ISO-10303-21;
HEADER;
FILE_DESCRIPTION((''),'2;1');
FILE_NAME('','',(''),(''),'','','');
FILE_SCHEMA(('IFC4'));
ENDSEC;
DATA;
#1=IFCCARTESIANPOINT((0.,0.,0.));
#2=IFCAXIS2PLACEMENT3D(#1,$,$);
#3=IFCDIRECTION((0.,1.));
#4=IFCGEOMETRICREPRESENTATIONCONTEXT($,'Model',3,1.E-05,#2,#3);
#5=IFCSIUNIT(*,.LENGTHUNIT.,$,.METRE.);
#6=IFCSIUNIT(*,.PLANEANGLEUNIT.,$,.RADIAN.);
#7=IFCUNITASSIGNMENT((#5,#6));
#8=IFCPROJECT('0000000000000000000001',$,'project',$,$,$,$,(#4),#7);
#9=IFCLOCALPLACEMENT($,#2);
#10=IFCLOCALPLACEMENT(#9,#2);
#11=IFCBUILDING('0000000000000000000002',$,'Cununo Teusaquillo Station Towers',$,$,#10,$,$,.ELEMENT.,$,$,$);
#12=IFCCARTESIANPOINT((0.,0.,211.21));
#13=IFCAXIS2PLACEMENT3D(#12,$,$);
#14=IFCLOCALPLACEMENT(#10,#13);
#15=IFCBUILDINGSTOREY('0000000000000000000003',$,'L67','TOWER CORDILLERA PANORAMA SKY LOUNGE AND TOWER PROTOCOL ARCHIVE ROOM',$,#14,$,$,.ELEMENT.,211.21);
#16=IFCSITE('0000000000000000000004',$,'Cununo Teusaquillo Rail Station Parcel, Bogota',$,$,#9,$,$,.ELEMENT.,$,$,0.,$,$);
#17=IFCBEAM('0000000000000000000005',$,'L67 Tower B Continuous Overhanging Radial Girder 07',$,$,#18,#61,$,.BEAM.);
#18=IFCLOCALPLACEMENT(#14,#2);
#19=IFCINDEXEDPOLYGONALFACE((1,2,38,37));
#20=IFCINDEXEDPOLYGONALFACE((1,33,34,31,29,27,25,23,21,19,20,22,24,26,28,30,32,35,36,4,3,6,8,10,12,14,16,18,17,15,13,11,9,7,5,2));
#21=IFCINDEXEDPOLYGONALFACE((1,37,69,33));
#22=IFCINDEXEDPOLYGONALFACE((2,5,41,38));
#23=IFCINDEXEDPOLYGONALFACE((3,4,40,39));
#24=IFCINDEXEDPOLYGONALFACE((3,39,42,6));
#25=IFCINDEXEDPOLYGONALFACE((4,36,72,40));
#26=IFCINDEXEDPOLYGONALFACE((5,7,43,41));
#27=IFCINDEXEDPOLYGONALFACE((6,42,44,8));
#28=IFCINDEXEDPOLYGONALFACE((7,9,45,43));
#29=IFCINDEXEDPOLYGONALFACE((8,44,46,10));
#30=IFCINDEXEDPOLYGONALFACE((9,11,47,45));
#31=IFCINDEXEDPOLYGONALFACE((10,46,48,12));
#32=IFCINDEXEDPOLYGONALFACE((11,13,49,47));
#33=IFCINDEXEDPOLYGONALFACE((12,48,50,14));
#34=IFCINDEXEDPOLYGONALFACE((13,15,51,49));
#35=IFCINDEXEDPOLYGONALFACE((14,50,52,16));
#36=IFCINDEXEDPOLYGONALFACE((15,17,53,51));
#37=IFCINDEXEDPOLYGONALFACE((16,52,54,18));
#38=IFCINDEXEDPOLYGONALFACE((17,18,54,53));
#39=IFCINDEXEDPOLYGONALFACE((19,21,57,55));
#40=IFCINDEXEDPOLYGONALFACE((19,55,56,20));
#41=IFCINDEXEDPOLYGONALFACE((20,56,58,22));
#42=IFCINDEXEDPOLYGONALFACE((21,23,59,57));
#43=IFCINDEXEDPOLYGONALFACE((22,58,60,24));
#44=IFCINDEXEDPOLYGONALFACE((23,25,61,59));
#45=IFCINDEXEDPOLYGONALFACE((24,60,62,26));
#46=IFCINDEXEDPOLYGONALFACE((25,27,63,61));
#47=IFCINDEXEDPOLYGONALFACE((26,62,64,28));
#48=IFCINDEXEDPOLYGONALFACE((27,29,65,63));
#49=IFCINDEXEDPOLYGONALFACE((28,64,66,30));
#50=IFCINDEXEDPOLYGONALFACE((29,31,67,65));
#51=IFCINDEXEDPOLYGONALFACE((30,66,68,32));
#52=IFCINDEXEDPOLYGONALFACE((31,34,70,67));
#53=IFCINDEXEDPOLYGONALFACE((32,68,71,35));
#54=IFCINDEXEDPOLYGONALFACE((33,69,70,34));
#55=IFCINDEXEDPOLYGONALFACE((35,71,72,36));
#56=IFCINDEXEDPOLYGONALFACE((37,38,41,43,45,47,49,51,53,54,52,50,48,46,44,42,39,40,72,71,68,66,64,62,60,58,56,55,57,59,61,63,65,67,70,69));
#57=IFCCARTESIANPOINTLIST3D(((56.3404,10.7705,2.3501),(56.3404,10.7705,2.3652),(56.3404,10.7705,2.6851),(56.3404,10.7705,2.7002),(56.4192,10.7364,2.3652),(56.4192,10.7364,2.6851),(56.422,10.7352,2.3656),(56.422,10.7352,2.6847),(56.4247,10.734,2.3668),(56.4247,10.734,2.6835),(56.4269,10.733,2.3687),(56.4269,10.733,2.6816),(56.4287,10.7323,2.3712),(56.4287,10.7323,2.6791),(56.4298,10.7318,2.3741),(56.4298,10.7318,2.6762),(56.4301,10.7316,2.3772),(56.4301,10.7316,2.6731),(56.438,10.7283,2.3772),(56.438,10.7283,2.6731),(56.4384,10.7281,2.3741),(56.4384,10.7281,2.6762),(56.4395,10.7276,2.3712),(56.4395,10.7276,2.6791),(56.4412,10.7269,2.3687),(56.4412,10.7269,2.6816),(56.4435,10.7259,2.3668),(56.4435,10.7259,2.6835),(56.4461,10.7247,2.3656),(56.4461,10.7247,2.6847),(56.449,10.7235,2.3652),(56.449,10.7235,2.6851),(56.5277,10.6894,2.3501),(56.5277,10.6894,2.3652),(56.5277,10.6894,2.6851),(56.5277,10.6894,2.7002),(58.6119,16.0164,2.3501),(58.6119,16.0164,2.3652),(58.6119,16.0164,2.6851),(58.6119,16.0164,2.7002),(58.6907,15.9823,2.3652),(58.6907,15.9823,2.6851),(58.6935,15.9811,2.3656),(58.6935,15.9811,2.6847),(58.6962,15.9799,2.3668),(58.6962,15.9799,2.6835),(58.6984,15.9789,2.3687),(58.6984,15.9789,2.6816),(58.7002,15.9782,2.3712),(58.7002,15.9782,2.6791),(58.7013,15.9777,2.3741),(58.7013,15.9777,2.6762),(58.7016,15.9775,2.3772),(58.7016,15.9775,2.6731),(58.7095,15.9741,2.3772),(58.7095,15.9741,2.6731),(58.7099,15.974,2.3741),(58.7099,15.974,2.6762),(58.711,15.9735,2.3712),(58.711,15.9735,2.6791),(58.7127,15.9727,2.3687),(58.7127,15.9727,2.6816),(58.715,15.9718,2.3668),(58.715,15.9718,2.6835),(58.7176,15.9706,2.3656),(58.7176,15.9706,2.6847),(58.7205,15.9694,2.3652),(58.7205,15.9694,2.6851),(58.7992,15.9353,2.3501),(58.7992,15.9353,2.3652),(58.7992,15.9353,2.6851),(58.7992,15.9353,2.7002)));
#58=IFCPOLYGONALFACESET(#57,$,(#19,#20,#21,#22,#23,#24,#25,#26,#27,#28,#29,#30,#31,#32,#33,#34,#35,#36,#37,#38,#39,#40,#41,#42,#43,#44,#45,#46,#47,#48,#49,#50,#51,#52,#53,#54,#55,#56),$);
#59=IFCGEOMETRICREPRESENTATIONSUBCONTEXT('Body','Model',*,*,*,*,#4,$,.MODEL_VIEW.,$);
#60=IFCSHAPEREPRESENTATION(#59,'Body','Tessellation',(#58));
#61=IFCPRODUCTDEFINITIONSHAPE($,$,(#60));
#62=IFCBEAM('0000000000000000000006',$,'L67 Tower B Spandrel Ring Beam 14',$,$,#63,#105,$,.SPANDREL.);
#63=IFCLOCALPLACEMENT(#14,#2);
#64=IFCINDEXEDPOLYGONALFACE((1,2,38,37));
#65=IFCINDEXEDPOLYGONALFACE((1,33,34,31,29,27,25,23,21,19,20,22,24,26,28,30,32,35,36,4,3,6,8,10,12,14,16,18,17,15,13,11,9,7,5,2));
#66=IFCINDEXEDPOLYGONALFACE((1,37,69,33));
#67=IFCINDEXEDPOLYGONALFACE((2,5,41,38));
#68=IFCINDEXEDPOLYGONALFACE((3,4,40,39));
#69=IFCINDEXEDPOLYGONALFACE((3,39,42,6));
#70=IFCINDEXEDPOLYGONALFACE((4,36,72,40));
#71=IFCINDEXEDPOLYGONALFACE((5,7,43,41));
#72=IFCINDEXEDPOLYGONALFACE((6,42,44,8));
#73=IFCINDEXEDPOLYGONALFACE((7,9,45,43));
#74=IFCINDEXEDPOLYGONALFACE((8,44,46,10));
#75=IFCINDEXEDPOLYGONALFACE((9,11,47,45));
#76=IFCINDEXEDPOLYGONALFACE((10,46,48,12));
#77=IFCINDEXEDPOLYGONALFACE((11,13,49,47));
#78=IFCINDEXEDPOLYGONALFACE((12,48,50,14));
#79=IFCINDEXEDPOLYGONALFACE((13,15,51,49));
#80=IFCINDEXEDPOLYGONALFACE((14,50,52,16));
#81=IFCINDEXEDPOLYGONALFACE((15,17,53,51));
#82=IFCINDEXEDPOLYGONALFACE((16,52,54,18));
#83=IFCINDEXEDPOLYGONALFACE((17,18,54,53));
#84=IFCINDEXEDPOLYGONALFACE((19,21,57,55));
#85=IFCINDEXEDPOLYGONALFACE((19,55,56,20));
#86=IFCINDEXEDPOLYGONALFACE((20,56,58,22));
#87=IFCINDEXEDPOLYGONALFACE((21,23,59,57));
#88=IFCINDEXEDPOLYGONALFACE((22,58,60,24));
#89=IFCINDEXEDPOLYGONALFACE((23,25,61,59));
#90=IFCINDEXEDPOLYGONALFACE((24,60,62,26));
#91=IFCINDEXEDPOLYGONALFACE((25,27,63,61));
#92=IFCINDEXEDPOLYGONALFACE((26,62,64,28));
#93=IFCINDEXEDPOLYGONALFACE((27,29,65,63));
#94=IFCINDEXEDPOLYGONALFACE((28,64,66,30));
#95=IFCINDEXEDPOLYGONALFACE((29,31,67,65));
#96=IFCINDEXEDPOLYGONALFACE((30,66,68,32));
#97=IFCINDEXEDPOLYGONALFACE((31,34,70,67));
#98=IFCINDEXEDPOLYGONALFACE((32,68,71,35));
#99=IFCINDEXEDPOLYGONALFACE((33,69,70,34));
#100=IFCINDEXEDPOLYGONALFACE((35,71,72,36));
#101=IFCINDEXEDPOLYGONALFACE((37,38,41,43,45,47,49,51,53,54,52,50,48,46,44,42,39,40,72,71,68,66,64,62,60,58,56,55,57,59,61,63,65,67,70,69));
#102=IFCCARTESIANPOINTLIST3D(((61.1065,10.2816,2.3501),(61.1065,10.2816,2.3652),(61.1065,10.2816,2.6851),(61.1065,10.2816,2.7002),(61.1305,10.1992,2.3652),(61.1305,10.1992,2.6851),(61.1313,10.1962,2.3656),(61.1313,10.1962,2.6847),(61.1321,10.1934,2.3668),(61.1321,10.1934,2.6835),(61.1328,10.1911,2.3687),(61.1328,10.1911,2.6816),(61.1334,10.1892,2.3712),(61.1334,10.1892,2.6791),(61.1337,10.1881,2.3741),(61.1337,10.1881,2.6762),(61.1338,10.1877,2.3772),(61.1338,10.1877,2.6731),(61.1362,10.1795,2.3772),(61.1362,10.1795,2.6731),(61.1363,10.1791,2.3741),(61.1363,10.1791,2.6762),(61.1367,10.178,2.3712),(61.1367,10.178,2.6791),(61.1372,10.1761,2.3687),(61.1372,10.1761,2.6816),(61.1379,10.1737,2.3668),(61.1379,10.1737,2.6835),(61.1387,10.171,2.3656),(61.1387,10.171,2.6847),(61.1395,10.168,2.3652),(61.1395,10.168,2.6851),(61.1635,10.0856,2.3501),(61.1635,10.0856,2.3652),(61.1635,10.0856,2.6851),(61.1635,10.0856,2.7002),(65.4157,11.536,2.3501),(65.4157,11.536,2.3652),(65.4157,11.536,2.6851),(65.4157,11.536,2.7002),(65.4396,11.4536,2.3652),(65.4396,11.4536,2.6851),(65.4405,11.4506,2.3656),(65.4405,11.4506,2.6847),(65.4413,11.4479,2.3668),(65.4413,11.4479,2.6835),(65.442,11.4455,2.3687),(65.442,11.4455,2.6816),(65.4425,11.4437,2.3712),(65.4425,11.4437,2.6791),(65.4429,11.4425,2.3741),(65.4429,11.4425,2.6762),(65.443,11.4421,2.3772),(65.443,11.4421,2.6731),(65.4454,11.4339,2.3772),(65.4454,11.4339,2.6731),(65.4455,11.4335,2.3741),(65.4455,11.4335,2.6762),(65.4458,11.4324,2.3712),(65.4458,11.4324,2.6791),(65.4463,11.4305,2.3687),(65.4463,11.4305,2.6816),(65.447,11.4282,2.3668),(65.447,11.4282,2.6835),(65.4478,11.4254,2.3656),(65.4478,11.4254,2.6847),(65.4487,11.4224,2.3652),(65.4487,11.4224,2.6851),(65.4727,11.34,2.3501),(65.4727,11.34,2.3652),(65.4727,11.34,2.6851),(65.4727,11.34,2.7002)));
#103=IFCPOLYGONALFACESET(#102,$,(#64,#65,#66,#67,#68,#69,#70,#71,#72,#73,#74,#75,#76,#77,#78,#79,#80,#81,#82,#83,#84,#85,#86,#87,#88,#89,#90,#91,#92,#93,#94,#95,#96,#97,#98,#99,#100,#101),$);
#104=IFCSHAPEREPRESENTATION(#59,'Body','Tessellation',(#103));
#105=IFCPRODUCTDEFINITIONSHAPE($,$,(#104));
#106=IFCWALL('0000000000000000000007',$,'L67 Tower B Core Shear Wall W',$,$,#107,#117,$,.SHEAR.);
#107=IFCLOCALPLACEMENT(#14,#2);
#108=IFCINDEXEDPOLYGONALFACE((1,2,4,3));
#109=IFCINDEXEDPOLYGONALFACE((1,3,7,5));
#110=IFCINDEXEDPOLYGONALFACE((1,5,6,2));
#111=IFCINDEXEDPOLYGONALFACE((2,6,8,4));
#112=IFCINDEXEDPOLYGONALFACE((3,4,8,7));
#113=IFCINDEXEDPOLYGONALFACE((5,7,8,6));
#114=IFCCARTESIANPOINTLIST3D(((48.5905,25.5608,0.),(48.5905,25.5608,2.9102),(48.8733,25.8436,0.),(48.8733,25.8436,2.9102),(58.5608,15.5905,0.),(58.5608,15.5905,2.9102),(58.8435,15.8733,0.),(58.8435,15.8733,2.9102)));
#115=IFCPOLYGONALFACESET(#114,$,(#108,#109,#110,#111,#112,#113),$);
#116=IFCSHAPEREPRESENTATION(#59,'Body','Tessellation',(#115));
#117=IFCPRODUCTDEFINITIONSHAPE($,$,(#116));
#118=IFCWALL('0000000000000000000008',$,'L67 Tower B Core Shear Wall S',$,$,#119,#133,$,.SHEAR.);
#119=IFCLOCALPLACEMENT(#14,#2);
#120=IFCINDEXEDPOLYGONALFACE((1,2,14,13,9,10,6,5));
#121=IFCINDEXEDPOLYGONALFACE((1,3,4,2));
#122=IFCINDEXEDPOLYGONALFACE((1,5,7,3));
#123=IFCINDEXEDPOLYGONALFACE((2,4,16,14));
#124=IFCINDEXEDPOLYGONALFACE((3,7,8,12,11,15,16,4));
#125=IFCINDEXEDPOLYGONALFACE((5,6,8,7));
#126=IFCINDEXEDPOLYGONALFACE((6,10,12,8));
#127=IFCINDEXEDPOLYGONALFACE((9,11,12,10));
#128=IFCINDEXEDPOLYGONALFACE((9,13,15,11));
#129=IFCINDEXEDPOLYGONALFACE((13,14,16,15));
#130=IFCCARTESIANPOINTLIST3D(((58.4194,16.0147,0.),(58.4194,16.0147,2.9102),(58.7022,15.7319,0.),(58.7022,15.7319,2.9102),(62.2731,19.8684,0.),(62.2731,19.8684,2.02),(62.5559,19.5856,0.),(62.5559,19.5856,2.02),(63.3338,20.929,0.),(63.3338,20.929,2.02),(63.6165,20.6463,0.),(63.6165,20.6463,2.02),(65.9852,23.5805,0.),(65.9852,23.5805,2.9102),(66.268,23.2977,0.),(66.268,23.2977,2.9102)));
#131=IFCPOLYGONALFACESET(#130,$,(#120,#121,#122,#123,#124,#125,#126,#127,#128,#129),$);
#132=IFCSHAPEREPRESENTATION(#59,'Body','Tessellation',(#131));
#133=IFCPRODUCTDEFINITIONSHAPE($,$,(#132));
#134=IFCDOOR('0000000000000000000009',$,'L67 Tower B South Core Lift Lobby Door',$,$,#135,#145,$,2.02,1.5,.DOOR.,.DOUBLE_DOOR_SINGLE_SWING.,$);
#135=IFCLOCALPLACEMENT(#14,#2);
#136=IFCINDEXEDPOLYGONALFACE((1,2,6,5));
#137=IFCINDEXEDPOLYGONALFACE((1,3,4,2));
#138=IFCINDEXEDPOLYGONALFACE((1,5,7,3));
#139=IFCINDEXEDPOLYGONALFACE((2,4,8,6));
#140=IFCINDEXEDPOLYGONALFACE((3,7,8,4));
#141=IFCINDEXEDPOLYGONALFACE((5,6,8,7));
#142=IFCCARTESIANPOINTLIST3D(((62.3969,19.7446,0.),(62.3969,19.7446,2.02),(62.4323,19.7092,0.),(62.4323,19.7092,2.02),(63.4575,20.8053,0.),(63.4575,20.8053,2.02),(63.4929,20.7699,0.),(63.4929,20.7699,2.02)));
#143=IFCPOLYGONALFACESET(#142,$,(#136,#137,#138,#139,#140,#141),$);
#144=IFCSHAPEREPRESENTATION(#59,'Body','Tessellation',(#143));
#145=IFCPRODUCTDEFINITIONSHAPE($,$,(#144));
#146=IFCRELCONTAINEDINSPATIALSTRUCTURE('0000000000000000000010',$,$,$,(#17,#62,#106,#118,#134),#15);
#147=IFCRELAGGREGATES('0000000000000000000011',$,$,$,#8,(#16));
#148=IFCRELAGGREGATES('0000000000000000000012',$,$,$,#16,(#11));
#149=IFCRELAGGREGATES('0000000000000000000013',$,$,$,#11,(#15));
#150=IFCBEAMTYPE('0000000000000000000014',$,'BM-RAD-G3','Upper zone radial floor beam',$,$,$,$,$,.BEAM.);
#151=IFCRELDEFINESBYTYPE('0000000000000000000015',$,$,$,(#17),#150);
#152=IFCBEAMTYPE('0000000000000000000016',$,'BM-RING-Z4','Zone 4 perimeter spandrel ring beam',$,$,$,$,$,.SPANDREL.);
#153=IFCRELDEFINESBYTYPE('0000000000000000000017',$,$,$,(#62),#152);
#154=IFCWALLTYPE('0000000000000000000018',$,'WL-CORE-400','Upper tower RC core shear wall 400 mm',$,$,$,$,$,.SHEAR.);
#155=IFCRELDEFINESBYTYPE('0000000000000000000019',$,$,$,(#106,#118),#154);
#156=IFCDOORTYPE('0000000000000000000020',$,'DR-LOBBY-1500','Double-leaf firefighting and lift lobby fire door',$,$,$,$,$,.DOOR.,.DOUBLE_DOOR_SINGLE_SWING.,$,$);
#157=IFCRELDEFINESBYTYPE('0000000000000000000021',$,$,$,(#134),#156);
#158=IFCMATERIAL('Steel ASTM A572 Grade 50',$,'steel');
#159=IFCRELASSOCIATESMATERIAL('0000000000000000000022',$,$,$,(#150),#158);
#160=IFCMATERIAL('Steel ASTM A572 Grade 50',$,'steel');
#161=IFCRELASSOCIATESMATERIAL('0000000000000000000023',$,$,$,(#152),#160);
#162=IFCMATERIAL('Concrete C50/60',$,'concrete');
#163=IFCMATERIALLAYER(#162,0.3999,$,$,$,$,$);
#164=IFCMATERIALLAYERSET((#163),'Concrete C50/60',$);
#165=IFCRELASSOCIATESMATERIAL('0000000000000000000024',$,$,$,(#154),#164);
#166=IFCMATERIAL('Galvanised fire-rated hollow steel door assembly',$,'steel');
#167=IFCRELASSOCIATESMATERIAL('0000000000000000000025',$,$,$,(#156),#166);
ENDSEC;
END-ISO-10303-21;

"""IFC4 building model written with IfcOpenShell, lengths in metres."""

from ifc_helpers import new_model, si_unit, direction, frame, frame_2d, origin, origin_2d, place, context, subcontext, project, spatial, rectangle, i_section, extrude, source, transform, mapped, material, layer, layer_set, material_profile, profile_set, type_object, element, fill, save


model = new_model("IFC4")

# Units and contexts
model_context = context("Model", 3, precision=1e-05, world=origin(), true_north=direction((0.0, 1.0)))
body_context = subcontext(model_context, "Body", "Model", "MODEL_VIEW")
ifc_project = project(units=[si_unit("LENGTHUNIT", "METRE"), si_unit("PLANEANGLEUNIT", "RADIAN")], contexts=[model_context])

# Site, building, storey
site_placement = place(None, origin())
site = spatial("IfcSite", under=ifc_project, at=site_placement, Name="Cununo Teusaquillo Rail Station Parcel, Bogota", CompositionType="ELEMENT", RefElevation=0.0)
building_placement = place(site_placement, origin())
building = spatial("IfcBuilding", under=site, at=building_placement, Name="Cununo Teusaquillo Station Towers", CompositionType="ELEMENT")
storey_placement = place(building_placement, frame((0.0, 0.0, 211.21)))
storey = spatial("IfcBuildingStorey", under=building, at=storey_placement, Name="L67", Description="TOWER CORDILLERA PANORAMA SKY LOUNGE AND TOWER PROTOCOL ARCHIVE ROOM", CompositionType="ELEMENT", Elevation=211.21)

# Beams
ifc_material_1 = material(Name="Steel ASTM A572 Grade 50", Category="steel")
ifc_material_profile_1 = material_profile(ifc_material_1, i_section(OverallWidth=0.2041, OverallDepth=0.3501, WebThickness=0.0085, FlangeThickness=0.0151, FilletRadius=0.012, at=origin_2d()), Name="W14X48")
ifc_profile_set_1 = profile_set([ifc_material_profile_1], Name="Steel ASTM A572 Grade 50")
beam_type_1 = type_object("IfcBeamType", Name="BM-RAD-G3", Description="Upper zone radial floor beam", PredefinedType="BEAM", material=ifc_profile_set_1)
beam_1_placement = place(storey_placement, frame((58.7056, 15.9758, 2.5251), z_axis=(-0.397355, -0.917665, 0.0), x_axis=(0.917665, -0.397355, 0.0)))
element("IfcBeam", 1, at=beam_1_placement, inside=storey, type_object=beam_type_1, Name="L67 Tower B Continuous Overhanging Radial Girder 07", PredefinedType="BEAM", context=body_context, shape_type="SweptSolid", body=[
    extrude(i_section(OverallWidth=0.2041, OverallDepth=0.3501, WebThickness=0.0085, FlangeThickness=0.0151, FilletRadius=0.012, at=origin_2d()), origin(), (0.0, 0.0, 1.0), 5.7166),
])
ifc_material_2 = material(Name="Steel ASTM A572 Grade 50", Category="steel")
ifc_material_profile_2 = material_profile(ifc_material_2, i_section(OverallWidth=0.2041, OverallDepth=0.3501, WebThickness=0.0085, FlangeThickness=0.0151, FilletRadius=0.012, at=origin_2d()), Name="W14X48")
ifc_profile_set_2 = profile_set([ifc_material_profile_2], Name="Steel ASTM A572 Grade 50")
beam_type_2 = type_object("IfcBeamType", Name="BM-RING-Z4", Description="Zone 4 perimeter spandrel ring beam", PredefinedType="SPANDREL", material=ifc_profile_set_2)
beam_2_placement = place(storey_placement, frame((61.135, 10.1836, 2.5251), z_axis=(0.960145, 0.279503, 0.0), x_axis=(-0.279503, 0.960145, 0.0)))
element("IfcBeam", 2, at=beam_2_placement, inside=storey, type_object=beam_type_2, Name="L67 Tower B Spandrel Ring Beam 14", PredefinedType="SPANDREL", context=body_context, shape_type="SweptSolid", body=[
    extrude(i_section(OverallWidth=0.2041, OverallDepth=0.3501, WebThickness=0.0085, FlangeThickness=0.0151, FilletRadius=0.012, at=origin_2d()), origin(), (0.0, 0.0, 1.0), 4.488),
])

# Wall
ifc_material_3 = material(Name="Concrete C50/60", Category="concrete")
ifc_layer_1 = layer(ifc_material_3, 0.3999)
ifc_layer_set_1 = layer_set([ifc_layer_1], Name="Concrete C50/60")
wall_type_1 = type_object("IfcWallType", Name="WL-CORE-400", Description="Upper tower RC core shear wall 400 mm", PredefinedType="SHEAR", material=ifc_layer_set_1)
wall_1_placement = place(storey_placement, frame((58.7021, 15.7319, 0.0), z_axis=(0.0, 0.0, 1.0), x_axis=(-0.707107, 0.707107, 0.0)))
element("IfcWall", 3, at=wall_1_placement, inside=storey, type_object=wall_type_1, Name="L67 Tower B Core Shear Wall W", PredefinedType="SHEAR", context=body_context, shape_type="SweptSolid", body=[
    extrude(rectangle(XDim=14.1001, YDim=0.3999, at=frame_2d((7.05, 0.0))), origin(), (0.0, 0.0, 1.0), 2.9102),
])

# Wall, opening, door
wall_2_placement = place(storey_placement, frame((58.5608, 15.8733, 0.0), z_axis=(0.0, 0.0, 1.0), x_axis=(0.707107, 0.707107, 0.0)))
wall_2 = element("IfcWall", 4, at=wall_2_placement, inside=storey, type_object=wall_type_1, Name="L67 Tower B Core Shear Wall S", PredefinedType="SHEAR", context=body_context, shape_type="SweptSolid", body=[
    extrude(rectangle(XDim=10.6997, YDim=0.3999, at=frame_2d((5.3499, 0.0))), origin(), (0.0, 0.0, 1.0), 2.9102),
])
shared_shape_1 = source(origin(), body_context, "Body", "SweptSolid", [
    extrude(rectangle(XDim=1.5, YDim=2.02, at=frame_2d((0.75, 1.01))), frame((0.0, 0.21, 0.0), z_axis=(0.0, -1.0, 0.0), x_axis=(1.0, 0.0, 0.0)), (0.0, 0.0, 1.0), 0.4199),
])
opening_1_placement = place(wall_2_placement, frame((5.45, 0.0, 0.0)))
opening_1 = element("IfcOpeningElement", 5, at=opening_1_placement, cuts=wall_2, PredefinedType="OPENING", context=body_context, shape_type="MappedRepresentation", body=[
    mapped(shared_shape_1, transform((0.0, 0.0, 0.0), x_axis=(1.0, 0.0, 0.0), y_axis=(0.0, 1.0, 0.0), z_axis=(0.0, 0.0, 1.0), scale=1.0)),
])
ifc_material_4 = material(Name="Galvanised fire-rated hollow steel door assembly", Category="steel")
door_type_1 = type_object("IfcDoorType", Name="DR-LOBBY-1500", Description="Double-leaf firefighting and lift lobby fire door", OperationType="DOUBLE_DOOR_SINGLE_SWING", PredefinedType="DOOR", material=ifc_material_4)
shared_shape_2 = source(origin(), body_context, "Body", "SweptSolid", [
    extrude(rectangle(XDim=1.5, YDim=2.02, at=frame_2d((0.75, 1.01))), frame((0.0, 0.0249, 0.0), z_axis=(0.0, -1.0, 0.0), x_axis=(1.0, 0.0, 0.0)), (0.0, 0.0, 1.0), 0.05),
])
door_1_placement = place(opening_1_placement, origin())
door_1 = element("IfcDoor", 6, at=door_1_placement, inside=storey, type_object=door_type_1, Name="L67 Tower B South Core Lift Lobby Door", OperationType="DOUBLE_DOOR_SINGLE_SWING", OverallHeight=2.02, OverallWidth=1.5, PredefinedType="DOOR", context=body_context, shape_type="MappedRepresentation", body=[
    mapped(shared_shape_2, transform((0.0, 0.0, 0.0), x_axis=(1.0, 0.0, 0.0), y_axis=(0.0, 1.0, 0.0), z_axis=(0.0, 0.0, 1.0), scale=1.0)),
])
fill(opening_1, door_1)

save(model, "model.ifc")
